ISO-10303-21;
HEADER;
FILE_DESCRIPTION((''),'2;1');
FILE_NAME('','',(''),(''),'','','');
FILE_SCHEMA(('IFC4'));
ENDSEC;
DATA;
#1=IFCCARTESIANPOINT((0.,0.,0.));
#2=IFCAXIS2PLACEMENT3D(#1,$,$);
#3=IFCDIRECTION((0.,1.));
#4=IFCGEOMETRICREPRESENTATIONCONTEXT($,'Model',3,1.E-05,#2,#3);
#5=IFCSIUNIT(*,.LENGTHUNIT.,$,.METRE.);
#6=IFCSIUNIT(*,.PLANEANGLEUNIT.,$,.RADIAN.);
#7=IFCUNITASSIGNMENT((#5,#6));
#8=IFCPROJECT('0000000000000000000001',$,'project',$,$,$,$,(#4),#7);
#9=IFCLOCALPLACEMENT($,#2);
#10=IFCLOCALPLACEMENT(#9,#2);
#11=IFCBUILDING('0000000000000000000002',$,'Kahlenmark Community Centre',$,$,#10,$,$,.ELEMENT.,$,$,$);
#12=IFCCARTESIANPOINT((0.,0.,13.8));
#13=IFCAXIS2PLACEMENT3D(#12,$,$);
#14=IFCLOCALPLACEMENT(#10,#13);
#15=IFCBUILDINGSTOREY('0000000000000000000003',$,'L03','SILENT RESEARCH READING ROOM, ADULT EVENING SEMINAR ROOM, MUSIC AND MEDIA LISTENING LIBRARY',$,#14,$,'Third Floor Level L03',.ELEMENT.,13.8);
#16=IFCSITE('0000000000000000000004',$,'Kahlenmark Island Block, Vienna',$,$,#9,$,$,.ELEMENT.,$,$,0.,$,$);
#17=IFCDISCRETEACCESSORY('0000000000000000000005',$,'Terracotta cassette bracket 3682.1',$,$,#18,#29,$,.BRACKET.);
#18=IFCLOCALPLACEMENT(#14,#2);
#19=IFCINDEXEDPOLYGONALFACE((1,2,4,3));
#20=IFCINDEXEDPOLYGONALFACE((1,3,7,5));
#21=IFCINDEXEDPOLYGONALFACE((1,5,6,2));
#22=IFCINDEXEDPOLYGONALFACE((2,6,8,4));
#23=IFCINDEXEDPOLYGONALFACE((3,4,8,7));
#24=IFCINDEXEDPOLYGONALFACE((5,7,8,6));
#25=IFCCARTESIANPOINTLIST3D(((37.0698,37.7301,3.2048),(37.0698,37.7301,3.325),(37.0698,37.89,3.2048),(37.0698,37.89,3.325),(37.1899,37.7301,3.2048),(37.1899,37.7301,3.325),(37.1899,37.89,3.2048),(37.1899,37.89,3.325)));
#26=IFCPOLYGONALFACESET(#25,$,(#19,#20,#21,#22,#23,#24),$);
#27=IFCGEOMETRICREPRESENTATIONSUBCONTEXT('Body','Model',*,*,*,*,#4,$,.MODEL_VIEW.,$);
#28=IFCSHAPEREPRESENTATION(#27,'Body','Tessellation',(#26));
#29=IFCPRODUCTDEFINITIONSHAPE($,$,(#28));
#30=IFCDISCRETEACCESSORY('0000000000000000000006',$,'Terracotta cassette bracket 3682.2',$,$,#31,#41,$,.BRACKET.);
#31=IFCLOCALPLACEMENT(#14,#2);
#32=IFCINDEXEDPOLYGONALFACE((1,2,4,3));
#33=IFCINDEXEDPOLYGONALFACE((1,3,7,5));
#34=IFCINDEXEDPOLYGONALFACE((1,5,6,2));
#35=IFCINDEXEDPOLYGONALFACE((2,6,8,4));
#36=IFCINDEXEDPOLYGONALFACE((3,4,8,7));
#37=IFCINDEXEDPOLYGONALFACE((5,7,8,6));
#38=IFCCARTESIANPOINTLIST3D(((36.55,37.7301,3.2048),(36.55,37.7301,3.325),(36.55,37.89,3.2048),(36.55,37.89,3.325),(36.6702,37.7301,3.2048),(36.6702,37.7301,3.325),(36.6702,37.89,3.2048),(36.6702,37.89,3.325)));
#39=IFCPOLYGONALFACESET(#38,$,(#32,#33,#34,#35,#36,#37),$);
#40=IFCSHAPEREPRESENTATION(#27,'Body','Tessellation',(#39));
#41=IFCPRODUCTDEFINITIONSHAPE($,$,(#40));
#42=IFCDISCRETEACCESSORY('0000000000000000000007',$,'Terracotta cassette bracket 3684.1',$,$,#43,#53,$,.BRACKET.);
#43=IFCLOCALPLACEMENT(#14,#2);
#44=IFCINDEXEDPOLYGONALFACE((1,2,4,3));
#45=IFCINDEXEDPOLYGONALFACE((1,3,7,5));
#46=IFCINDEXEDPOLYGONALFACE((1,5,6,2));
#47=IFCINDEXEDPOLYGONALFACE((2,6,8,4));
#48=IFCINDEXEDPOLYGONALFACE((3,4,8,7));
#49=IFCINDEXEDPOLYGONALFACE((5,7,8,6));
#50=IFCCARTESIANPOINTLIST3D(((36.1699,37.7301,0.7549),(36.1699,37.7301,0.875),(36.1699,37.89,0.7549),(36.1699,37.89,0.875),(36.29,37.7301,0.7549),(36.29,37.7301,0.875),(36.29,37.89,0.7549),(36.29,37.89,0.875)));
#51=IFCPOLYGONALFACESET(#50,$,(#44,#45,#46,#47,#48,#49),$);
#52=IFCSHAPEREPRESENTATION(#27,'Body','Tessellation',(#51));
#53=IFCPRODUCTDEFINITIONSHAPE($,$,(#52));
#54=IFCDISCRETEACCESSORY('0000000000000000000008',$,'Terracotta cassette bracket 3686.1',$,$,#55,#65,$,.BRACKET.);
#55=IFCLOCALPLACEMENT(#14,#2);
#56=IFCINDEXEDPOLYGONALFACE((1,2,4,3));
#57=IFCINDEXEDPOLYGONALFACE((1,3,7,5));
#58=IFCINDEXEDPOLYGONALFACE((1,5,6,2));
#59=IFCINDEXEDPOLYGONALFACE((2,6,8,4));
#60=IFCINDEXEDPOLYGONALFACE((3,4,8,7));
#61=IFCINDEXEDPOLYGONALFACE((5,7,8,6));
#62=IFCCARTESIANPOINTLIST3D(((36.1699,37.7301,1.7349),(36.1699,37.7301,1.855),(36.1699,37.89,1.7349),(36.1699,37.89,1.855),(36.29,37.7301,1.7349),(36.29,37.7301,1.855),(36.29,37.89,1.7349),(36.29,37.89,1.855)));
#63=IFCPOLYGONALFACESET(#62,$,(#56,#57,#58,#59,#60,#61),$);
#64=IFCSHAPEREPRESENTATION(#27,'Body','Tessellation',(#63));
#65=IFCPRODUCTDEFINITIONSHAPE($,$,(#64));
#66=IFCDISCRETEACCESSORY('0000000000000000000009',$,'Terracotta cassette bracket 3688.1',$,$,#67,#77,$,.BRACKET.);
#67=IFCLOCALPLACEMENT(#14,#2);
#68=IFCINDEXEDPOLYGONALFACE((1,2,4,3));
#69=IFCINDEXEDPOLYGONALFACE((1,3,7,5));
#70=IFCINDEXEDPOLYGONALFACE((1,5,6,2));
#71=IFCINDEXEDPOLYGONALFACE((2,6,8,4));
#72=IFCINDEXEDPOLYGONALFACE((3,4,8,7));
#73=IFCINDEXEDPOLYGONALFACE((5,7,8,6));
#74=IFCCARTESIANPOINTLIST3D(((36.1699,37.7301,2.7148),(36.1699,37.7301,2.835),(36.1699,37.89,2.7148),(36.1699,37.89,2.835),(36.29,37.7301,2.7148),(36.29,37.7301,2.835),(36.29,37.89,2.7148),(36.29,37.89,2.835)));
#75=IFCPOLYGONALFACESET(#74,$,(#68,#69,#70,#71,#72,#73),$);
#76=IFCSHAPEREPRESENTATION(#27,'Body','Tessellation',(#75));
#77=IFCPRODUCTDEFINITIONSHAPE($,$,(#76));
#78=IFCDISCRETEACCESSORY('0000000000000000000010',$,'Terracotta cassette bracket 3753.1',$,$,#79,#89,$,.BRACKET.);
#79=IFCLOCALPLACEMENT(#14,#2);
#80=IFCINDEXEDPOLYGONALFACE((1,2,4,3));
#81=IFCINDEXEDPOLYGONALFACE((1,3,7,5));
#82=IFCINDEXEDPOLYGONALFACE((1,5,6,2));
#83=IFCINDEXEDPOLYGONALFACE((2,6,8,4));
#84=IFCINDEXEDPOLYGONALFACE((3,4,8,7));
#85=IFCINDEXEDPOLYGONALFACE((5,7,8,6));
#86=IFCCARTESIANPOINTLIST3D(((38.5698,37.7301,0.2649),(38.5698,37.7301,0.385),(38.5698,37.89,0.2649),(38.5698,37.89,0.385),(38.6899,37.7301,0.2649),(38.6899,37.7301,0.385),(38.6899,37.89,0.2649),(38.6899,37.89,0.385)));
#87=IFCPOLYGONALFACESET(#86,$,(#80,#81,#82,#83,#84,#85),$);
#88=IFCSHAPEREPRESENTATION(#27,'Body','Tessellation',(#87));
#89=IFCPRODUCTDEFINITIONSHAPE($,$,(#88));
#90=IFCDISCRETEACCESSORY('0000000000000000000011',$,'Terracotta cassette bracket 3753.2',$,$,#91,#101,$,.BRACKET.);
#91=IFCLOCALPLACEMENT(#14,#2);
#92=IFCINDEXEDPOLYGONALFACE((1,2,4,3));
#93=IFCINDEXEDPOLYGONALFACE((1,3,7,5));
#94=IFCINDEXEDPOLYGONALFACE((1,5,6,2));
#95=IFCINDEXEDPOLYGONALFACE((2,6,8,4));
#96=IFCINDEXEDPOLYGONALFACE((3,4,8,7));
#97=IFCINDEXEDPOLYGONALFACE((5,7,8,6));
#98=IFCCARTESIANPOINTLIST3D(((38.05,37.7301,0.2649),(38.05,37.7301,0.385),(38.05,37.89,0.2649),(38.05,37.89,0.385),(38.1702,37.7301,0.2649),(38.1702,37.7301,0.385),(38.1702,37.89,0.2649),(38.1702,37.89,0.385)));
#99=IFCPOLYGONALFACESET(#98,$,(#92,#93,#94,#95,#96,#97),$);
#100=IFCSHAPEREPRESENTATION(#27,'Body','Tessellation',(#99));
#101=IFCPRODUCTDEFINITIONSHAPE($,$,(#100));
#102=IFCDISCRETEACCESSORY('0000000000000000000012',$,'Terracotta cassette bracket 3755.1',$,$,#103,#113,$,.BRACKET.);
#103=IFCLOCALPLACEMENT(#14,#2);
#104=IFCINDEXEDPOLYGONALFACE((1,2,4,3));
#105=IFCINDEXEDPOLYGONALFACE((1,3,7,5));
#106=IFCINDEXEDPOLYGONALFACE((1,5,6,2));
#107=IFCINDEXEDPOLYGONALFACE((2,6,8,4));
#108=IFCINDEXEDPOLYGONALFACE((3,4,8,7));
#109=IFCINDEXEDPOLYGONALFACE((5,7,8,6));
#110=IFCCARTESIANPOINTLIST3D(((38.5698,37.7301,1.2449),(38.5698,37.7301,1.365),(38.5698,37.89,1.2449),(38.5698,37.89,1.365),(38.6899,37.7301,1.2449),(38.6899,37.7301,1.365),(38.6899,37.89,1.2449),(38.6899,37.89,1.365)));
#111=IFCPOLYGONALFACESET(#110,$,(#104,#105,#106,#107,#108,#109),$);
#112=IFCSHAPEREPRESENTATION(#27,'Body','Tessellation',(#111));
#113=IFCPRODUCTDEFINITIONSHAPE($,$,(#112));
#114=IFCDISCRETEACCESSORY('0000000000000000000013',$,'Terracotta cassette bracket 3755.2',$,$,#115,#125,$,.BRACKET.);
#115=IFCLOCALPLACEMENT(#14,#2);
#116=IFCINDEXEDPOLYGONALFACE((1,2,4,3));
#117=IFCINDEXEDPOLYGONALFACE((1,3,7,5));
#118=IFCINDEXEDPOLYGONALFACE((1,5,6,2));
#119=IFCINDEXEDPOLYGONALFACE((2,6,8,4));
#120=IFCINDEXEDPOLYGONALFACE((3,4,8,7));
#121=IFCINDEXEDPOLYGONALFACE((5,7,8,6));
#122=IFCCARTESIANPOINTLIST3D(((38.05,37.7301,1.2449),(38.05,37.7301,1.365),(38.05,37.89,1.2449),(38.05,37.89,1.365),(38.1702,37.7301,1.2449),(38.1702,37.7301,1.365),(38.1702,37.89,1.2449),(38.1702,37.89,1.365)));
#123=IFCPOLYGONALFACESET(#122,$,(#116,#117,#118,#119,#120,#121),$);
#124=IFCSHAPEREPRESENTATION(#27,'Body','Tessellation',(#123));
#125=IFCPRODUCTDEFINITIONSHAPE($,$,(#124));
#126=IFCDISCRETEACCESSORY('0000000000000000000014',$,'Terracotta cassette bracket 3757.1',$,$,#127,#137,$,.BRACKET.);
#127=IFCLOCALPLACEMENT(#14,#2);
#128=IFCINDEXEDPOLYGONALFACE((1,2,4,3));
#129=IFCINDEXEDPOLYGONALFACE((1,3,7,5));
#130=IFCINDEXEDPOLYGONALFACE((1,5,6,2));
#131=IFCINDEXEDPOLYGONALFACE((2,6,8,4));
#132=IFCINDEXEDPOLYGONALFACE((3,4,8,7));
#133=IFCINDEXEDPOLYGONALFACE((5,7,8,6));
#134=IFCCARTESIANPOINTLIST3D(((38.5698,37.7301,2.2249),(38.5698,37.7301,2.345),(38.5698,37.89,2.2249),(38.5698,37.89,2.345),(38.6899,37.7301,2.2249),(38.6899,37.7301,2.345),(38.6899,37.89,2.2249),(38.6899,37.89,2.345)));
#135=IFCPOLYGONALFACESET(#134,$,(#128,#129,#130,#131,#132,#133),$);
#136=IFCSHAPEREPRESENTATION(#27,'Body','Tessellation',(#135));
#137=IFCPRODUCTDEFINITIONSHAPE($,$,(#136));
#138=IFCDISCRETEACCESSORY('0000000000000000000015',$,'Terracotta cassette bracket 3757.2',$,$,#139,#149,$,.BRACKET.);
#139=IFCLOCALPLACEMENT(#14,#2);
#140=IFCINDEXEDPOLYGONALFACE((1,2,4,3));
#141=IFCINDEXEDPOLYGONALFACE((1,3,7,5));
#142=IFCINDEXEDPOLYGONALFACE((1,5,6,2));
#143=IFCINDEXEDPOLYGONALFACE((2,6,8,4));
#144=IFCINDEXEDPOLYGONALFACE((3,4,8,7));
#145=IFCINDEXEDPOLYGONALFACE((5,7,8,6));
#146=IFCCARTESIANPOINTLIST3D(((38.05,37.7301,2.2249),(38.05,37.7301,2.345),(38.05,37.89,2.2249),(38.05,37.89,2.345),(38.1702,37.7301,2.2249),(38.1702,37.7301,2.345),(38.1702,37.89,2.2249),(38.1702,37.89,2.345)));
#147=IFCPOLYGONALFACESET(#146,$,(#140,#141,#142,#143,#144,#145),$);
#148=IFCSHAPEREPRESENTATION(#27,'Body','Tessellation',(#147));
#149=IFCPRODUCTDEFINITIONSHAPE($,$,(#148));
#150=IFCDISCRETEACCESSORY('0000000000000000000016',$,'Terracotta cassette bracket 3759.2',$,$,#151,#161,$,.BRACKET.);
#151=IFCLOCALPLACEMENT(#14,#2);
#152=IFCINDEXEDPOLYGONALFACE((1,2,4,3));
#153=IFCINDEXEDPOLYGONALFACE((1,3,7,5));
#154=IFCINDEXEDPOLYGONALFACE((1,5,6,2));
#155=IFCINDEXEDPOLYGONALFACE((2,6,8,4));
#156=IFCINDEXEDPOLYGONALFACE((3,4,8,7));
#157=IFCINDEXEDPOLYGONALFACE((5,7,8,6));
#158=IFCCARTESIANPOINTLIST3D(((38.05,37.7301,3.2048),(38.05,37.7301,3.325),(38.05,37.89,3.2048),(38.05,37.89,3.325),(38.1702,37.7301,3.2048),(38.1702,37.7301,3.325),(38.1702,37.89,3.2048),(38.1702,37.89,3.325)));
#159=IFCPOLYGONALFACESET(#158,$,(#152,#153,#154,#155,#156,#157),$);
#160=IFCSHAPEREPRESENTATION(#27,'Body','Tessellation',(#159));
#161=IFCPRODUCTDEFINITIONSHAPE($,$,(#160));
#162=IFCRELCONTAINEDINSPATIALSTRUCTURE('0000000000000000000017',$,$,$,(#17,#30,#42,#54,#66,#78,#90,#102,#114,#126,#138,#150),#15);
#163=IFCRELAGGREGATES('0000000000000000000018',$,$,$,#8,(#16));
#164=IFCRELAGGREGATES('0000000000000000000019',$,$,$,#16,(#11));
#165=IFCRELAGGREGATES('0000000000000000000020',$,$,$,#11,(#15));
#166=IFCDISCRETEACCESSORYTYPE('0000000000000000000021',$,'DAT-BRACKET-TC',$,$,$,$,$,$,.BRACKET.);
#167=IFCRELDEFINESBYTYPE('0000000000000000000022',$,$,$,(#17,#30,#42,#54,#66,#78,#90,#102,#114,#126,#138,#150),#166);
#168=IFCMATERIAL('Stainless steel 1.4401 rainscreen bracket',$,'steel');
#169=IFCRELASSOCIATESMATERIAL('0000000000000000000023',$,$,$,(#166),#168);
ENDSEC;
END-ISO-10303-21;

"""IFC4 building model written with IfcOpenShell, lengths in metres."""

from ifc_helpers import new_model, si_unit, direction, frame, origin, origin_2d, place, context, subcontext, project, spatial, rectangle, extrude, material, type_object, element, save


model = new_model("IFC4")

# Units and contexts
model_context = context("Model", 3, precision=1e-05, world=origin(), true_north=direction((0.0, 1.0)))
body_context = subcontext(model_context, "Body", "Model", "MODEL_VIEW")
ifc_project = project(units=[si_unit("LENGTHUNIT", "METRE"), si_unit("PLANEANGLEUNIT", "RADIAN")], contexts=[model_context])

# Site, building, storey
site_placement = place(None, origin())
site = spatial("IfcSite", under=ifc_project, at=site_placement, Name="Kahlenmark Island Block, Vienna", CompositionType="ELEMENT", RefElevation=0.0)
building_placement = place(site_placement, origin())
building = spatial("IfcBuilding", under=site, at=building_placement, Name="Kahlenmark Community Centre", CompositionType="ELEMENT")
storey_placement = place(building_placement, frame((0.0, 0.0, 13.8)))
storey = spatial("IfcBuildingStorey", under=building, at=storey_placement, Name="L03", Description="SILENT RESEARCH READING ROOM, ADULT EVENING SEMINAR ROOM, MUSIC AND MEDIA LISTENING LIBRARY", LongName="Third Floor Level L03", CompositionType="ELEMENT", Elevation=13.8)

# Discrete accessories
ifc_material_1 = material(Name="Stainless steel 1.4401 rainscreen bracket", Category="steel")
discrete_accessory_type = type_object("IfcDiscreteAccessoryType", Name="DAT-BRACKET-TC", PredefinedType="BRACKET", material=ifc_material_1)
for number, where, z_axis, x_axis, name in (
    (1, (37.1299, 37.8101, 3.2048), (0.0, 0.0, 1.0), (-1.0, 0.0, 0.0), "Terracotta cassette bracket 3682.1"),
    (2, (36.6101, 37.8101, 3.2048), (0.0, 0.0, 1.0), (-1.0, 0.0, 0.0), "Terracotta cassette bracket 3682.2"),
    (3, (36.23, 37.8101, 0.7549), (0.0, 0.0, 1.0), (-1.0, 0.0, 0.0), "Terracotta cassette bracket 3684.1"),
    (4, (36.23, 37.8101, 1.7349), (0.0, 0.0, 1.0), (-1.0, 0.0, 0.0), "Terracotta cassette bracket 3686.1"),
    (5, (36.23, 37.8101, 2.7148), (0.0, 0.0, 1.0), (-1.0, 0.0, 0.0), "Terracotta cassette bracket 3688.1"),
    (6, (38.6299, 37.8101, 0.2649), (0.0, 0.0, 1.0), (-1.0, 0.0, 0.0), "Terracotta cassette bracket 3753.1"),
    (7, (38.1101, 37.8101, 0.2649), (0.0, 0.0, 1.0), (-1.0, 0.0, 0.0), "Terracotta cassette bracket 3753.2"),
    (8, (38.6299, 37.8101, 1.2449), (0.0, 0.0, 1.0), (-1.0, 0.0, 0.0), "Terracotta cassette bracket 3755.1"),
    (9, (38.1101, 37.8101, 1.2449), (0.0, 0.0, 1.0), (-1.0, 0.0, 0.0), "Terracotta cassette bracket 3755.2"),
    (10, (38.6299, 37.8101, 2.2249), (0.0, 0.0, 1.0), (-1.0, 0.0, 0.0), "Terracotta cassette bracket 3757.1"),
    (11, (38.1101, 37.8101, 2.2249), (0.0, 0.0, 1.0), (-1.0, 0.0, 0.0), "Terracotta cassette bracket 3757.2"),
    (12, (38.1101, 37.8101, 3.2048), (0.0, 0.0, 1.0), (-1.0, 0.0, 0.0), "Terracotta cassette bracket 3759.2"),
):
    element("IfcDiscreteAccessory", number, at=place(storey_placement, frame(where, z_axis=z_axis, x_axis=x_axis)), inside=storey, type_object=discrete_accessory_type, Name=name, PredefinedType="BRACKET", context=body_context, shape_type="SweptSolid", body=[
        extrude(rectangle(XDim=0.1201, YDim=0.1599, at=origin_2d()), origin(), (0.0, 0.0, 1.0), 0.1201),
    ])

save(model, "model.ifc")
